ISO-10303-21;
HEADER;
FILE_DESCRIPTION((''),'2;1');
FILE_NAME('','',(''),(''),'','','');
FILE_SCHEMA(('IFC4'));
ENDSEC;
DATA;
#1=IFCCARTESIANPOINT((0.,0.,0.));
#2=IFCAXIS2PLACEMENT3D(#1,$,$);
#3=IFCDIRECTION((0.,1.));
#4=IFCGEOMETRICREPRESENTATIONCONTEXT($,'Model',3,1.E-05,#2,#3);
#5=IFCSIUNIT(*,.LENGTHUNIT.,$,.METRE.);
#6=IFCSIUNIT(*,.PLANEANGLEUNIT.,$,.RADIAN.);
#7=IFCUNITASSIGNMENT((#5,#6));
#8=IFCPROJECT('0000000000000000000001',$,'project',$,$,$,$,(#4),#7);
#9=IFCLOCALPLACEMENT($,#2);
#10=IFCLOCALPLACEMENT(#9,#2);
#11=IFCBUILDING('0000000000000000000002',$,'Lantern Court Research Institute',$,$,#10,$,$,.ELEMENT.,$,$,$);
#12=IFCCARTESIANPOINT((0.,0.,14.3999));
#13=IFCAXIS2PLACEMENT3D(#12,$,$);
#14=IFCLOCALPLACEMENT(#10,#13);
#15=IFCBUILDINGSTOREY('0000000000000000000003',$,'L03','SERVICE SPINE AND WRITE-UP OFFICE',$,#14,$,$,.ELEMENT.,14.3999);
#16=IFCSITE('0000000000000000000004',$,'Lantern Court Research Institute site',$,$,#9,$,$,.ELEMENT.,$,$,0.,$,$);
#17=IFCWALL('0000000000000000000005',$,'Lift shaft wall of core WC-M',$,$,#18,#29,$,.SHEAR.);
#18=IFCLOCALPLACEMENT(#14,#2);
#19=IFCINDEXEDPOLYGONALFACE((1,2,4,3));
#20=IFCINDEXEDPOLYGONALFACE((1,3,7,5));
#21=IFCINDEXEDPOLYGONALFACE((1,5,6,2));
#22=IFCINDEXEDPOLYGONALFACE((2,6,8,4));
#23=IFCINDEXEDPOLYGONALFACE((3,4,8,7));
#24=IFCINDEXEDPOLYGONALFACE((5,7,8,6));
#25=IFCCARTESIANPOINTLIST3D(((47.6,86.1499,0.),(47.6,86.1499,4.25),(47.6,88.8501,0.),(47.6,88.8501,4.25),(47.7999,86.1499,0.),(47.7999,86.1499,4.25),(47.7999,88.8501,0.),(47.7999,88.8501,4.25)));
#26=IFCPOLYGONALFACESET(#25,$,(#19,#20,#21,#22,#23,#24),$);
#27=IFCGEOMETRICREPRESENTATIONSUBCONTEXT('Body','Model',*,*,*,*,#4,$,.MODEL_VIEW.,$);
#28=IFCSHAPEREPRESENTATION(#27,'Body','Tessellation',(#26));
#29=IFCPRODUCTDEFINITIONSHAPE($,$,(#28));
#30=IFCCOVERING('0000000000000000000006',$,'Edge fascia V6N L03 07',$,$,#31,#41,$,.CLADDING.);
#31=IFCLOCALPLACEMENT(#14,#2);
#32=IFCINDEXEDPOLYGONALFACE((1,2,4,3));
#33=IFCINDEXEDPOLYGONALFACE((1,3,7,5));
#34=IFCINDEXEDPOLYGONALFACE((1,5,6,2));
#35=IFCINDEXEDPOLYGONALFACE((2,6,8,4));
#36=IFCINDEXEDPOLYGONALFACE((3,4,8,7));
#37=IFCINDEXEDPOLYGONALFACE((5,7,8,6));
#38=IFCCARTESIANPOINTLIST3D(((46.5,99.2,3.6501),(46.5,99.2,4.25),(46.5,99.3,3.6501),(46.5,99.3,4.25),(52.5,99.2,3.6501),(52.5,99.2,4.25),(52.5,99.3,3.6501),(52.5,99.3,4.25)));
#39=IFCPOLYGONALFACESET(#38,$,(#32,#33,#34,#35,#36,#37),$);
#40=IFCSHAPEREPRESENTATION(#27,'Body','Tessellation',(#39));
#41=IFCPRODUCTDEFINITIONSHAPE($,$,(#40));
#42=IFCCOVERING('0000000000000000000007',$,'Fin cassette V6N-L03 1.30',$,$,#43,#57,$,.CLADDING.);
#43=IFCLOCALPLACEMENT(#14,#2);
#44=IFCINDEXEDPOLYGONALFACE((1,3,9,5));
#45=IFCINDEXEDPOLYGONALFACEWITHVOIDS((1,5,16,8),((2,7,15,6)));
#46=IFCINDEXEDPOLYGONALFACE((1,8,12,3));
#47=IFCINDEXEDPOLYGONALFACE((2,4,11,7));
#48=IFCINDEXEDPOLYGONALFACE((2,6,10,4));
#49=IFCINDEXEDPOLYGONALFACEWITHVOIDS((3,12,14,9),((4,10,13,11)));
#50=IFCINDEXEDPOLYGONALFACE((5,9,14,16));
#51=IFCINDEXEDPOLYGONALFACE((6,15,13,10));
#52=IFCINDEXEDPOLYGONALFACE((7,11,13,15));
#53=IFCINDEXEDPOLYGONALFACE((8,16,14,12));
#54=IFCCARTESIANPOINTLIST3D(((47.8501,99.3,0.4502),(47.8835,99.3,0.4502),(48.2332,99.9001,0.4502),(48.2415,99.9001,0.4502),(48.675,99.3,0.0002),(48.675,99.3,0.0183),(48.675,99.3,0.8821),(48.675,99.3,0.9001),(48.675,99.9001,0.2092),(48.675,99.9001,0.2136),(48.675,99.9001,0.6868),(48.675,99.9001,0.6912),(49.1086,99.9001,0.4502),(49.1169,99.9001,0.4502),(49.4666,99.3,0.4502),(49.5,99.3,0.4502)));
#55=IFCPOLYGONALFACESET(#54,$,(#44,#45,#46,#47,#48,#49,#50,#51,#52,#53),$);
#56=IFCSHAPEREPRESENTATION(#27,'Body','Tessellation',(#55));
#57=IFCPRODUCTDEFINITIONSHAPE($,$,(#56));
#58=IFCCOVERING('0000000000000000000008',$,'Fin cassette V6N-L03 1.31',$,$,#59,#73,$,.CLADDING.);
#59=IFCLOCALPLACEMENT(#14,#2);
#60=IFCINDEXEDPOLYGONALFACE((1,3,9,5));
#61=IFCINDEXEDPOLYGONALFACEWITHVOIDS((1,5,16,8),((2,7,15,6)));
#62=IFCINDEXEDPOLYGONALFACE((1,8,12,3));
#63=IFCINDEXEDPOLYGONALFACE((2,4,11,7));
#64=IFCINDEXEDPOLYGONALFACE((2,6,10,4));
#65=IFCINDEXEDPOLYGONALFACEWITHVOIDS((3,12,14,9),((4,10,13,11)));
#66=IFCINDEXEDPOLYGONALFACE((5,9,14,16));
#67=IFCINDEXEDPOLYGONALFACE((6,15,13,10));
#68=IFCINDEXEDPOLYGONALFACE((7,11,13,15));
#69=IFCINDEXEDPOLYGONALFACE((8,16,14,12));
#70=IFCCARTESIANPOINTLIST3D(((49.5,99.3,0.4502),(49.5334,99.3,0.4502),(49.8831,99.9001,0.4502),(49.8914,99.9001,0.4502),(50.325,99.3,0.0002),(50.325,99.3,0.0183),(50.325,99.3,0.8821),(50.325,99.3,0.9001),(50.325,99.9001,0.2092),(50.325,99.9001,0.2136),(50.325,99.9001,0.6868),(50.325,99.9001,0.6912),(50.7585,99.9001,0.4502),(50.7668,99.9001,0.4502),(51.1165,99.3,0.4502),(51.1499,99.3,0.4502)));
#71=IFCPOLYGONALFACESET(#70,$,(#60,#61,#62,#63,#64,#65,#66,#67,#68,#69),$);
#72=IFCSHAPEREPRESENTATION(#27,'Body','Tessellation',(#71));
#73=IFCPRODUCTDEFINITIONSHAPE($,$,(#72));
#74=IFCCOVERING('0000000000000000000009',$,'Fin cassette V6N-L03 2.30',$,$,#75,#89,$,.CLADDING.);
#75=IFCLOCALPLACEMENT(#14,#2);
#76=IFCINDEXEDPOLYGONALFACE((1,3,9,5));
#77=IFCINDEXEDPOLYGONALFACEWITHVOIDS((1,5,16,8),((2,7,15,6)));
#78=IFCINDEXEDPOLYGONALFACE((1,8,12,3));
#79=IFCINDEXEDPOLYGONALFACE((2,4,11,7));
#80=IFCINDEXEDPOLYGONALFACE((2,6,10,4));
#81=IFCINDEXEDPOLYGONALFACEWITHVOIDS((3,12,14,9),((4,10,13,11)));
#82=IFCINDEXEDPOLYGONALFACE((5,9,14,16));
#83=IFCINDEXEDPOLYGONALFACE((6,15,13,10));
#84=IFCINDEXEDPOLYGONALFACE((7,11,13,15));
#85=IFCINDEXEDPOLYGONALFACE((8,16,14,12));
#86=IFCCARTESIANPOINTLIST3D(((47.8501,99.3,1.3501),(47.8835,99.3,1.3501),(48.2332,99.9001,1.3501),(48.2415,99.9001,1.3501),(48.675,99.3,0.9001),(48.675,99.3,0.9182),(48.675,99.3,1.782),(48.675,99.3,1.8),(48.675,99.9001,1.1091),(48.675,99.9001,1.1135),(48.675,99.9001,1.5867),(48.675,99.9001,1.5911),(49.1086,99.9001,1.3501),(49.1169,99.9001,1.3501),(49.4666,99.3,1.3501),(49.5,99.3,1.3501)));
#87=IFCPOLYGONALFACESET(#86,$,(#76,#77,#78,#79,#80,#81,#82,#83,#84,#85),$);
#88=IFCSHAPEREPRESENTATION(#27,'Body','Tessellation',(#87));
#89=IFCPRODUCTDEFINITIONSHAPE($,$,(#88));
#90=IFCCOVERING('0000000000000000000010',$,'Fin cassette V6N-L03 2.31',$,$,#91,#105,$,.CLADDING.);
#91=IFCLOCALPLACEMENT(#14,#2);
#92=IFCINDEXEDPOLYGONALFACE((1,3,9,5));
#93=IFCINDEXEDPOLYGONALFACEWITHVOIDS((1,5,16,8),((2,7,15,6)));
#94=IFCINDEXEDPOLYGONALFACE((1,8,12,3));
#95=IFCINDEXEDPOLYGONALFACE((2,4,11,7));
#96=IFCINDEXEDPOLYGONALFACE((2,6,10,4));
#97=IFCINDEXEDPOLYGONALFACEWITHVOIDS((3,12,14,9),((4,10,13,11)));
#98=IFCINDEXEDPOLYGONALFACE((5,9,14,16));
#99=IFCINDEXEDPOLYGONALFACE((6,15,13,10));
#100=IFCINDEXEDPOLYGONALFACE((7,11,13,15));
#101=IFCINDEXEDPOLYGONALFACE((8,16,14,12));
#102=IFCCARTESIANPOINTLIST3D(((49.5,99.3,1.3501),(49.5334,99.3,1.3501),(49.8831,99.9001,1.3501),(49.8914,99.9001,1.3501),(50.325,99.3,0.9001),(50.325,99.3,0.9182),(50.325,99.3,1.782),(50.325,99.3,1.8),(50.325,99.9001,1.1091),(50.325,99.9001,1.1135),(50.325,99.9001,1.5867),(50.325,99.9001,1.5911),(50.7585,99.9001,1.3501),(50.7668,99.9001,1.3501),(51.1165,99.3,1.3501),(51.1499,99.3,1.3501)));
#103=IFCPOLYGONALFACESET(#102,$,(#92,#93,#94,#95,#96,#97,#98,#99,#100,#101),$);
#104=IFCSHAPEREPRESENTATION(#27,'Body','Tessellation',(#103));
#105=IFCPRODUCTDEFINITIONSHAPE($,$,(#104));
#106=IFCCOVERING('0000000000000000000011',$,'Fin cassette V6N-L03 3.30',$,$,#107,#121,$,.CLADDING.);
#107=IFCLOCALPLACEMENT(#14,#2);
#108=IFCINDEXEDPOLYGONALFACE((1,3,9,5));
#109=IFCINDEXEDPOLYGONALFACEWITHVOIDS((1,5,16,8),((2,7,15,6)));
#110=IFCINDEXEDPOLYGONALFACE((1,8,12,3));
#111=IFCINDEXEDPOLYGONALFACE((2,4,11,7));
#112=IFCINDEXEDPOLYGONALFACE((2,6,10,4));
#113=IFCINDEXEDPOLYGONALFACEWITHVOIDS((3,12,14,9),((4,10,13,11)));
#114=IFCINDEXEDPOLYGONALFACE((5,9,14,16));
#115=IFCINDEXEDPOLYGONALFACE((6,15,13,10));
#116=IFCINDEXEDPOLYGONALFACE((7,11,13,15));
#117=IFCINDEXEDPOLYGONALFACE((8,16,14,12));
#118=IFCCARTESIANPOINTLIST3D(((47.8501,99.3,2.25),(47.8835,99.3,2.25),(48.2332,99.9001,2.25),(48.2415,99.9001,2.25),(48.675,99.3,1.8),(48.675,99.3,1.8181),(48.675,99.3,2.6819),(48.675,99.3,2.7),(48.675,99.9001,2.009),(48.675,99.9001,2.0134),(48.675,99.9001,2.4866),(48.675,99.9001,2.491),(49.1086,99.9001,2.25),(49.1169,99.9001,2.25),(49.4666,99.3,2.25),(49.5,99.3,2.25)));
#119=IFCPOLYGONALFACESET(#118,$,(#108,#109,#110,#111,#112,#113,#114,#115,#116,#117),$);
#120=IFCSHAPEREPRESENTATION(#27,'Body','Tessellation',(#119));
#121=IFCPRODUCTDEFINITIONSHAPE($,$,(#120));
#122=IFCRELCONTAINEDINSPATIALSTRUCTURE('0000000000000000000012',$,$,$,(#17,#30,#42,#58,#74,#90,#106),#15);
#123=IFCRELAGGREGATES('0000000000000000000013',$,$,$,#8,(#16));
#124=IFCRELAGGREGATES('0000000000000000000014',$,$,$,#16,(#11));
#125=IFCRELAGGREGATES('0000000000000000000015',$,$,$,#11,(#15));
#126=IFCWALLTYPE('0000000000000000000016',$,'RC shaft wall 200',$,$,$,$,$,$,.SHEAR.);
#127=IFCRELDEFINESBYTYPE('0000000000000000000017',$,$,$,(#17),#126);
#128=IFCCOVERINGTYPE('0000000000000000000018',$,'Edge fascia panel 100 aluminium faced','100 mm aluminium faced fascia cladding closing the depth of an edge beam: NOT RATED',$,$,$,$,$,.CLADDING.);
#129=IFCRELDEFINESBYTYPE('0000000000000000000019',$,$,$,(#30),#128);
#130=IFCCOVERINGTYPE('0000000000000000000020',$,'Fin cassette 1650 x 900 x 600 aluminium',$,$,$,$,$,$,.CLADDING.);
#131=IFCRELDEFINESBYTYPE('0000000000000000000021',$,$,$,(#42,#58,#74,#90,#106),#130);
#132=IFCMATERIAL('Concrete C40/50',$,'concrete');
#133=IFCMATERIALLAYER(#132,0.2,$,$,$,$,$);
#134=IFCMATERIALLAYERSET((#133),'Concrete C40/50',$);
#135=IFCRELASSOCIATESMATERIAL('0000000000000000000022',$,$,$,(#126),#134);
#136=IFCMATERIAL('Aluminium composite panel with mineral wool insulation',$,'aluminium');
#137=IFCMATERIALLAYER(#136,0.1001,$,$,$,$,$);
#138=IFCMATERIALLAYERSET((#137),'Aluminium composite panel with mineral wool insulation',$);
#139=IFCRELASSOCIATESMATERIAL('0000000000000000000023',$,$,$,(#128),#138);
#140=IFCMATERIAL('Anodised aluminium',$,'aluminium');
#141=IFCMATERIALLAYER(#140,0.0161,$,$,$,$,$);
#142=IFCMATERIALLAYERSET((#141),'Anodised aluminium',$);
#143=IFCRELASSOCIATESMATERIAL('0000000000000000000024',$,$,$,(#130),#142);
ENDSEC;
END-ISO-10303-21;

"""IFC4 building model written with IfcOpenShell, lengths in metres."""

from ifc_helpers import new_model, entity, si_unit, direction, frame, frame_2d, origin, place, context, subcontext, project, spatial, rectangle, extrude, material, layer, layer_set, type_object, element, save


model = new_model("IFC4")

# Units and contexts
model_context = context("Model", 3, precision=1e-05, world=origin(), true_north=direction((0.0, 1.0)))
body_context = subcontext(model_context, "Body", "Model", "MODEL_VIEW")
ifc_project = project(units=[si_unit("LENGTHUNIT", "METRE"), si_unit("PLANEANGLEUNIT", "RADIAN")], contexts=[model_context])

# Site, building, storey
site_placement = place(None, origin())
site = spatial("IfcSite", under=ifc_project, at=site_placement, Name="Lantern Court Research Institute site", CompositionType="ELEMENT", RefElevation=0.0)
building_placement = place(site_placement, origin())
building = spatial("IfcBuilding", under=site, at=building_placement, Name="Lantern Court Research Institute", CompositionType="ELEMENT")
storey_placement = place(building_placement, frame((0.0, 0.0, 14.3999)))
storey = spatial("IfcBuildingStorey", under=building, at=storey_placement, Name="L03", Description="SERVICE SPINE AND WRITE-UP OFFICE", CompositionType="ELEMENT", Elevation=14.3999)

# Shared definitions
ifc_material_1 = material(Name="Concrete C40/50", Category="concrete")
ifc_layer_1 = layer(ifc_material_1, 0.2)
ifc_layer_set_1 = layer_set([ifc_layer_1], Name="Concrete C40/50")
wall_type_1 = type_object("IfcWallType", Name="RC shaft wall 200", PredefinedType="SHEAR", material=ifc_layer_set_1)

# Wall
wall_1_placement = place(storey_placement, frame((47.7, 88.8501, 0.0), z_axis=(0.0, 0.0, 1.0), x_axis=(0.0, -1.0, 0.0)))
element("IfcWall", 1, at=wall_1_placement, inside=storey, type_object=wall_type_1, Name="Lift shaft wall of core WC-M", PredefinedType="SHEAR", context=body_context, shape_type="SweptSolid", body=[
    extrude(rectangle(XDim=2.7002, YDim=0.2, at=frame_2d((1.3501, 0.0))), origin(), (0.0, 0.0, 1.0), 4.25),
])

# Coverings
ifc_material_2 = material(Name="Aluminium composite panel with mineral wool insulation", Category="aluminium")
ifc_layer_2 = layer(ifc_material_2, 0.1001)
ifc_layer_set_2 = layer_set([ifc_layer_2], Name="Aluminium composite panel with mineral wool insulation")
covering_type_1 = type_object("IfcCoveringType", Name="Edge fascia panel 100 aluminium faced", Description="100 mm aluminium faced fascia cladding closing the depth of an edge beam: NOT RATED", PredefinedType="CLADDING", material=ifc_layer_set_2)
covering_1_placement = place(storey_placement, frame((46.5, 99.25, 3.6501), z_axis=(0.0, 0.0, 1.0), x_axis=(1.0, 0.0, 0.0)))
element("IfcCovering", 2, at=covering_1_placement, inside=storey, type_object=covering_type_1, Name="Edge fascia V6N L03 07", PredefinedType="CLADDING", context=body_context, shape_type="SweptSolid", body=[
    extrude(rectangle(XDim=6.0, YDim=0.1001, at=frame_2d((3.0, 0.0))), origin(), (0.0, 0.0, 1.0), 0.5999),
])
ifc_material_3 = material(Name="Anodised aluminium", Category="aluminium")
ifc_layer_3 = layer(ifc_material_3, 0.0161)
ifc_layer_set_3 = layer_set([ifc_layer_3], Name="Anodised aluminium")
covering_type_2 = type_object("IfcCoveringType", Name="Fin cassette 1650 x 900 x 600 aluminium", PredefinedType="CLADDING", material=ifc_layer_set_3)
covering_2_placement = place(storey_placement, frame((48.675, 99.3, 0.4502), z_axis=(0.0, 1.0, 0.0), x_axis=(-1.0, 0.0, 0.0)))
cartesian_point_1 = entity("IfcCartesianPoint", [0.825, 0.0])
cartesian_point_2 = entity("IfcCartesianPoint", [0.7915, 0.0])
cartesian_point_3 = entity("IfcCartesianPoint", [0.4419, 0.0])
cartesian_point_4 = entity("IfcCartesianPoint", [0.4336, 0.0])
element("IfcCovering", 3, at=covering_2_placement, inside=storey, type_object=covering_type_2, Name="Fin cassette V6N-L03 1.30", PredefinedType="CLADDING", context=body_context, shape_type="SweptSolid", body=[
    entity("IfcExtrudedAreaSolidTapered", entity("IfcArbitraryProfileDefWithVoids", "AREA", None, entity("IfcPolyline", [cartesian_point_1, entity("IfcCartesianPoint", [0.0, 0.45]), entity("IfcCartesianPoint", [-0.825, 0.0]), entity("IfcCartesianPoint", [0.0, -0.45]), cartesian_point_1]), [entity("IfcPolyline", [cartesian_point_2, entity("IfcCartesianPoint", [0.0, 0.4319]), entity("IfcCartesianPoint", [-0.7915, 0.0]), entity("IfcCartesianPoint", [0.0, -0.4319]), cartesian_point_2])]), entity("IfcAxis2Placement3D", entity("IfcCartesianPoint", [0.0, 0.0, 0.0])), entity("IfcDirection", [0.0, 0.0, 1.0]), 0.6001, entity("IfcArbitraryProfileDefWithVoids", "AREA", None, entity("IfcPolyline", [cartesian_point_3, entity("IfcCartesianPoint", [0.0, 0.241]), entity("IfcCartesianPoint", [-0.4419, 0.0]), entity("IfcCartesianPoint", [0.0, -0.241]), cartesian_point_3]), [entity("IfcPolyline", [cartesian_point_4, entity("IfcCartesianPoint", [0.0, 0.2366]), entity("IfcCartesianPoint", [-0.4336, 0.0]), entity("IfcCartesianPoint", [0.0, -0.2366]), cartesian_point_4])])),
])
covering_3_placement = place(storey_placement, frame((50.325, 99.3, 0.4502), z_axis=(0.0, 1.0, 0.0), x_axis=(-1.0, 0.0, 0.0)))
cartesian_point_5 = entity("IfcCartesianPoint", [0.825, 0.0])
cartesian_point_6 = entity("IfcCartesianPoint", [0.7915, 0.0])
cartesian_point_7 = entity("IfcCartesianPoint", [0.4419, 0.0])
cartesian_point_8 = entity("IfcCartesianPoint", [0.4336, 0.0])
element("IfcCovering", 4, at=covering_3_placement, inside=storey, type_object=covering_type_2, Name="Fin cassette V6N-L03 1.31", PredefinedType="CLADDING", context=body_context, shape_type="SweptSolid", body=[
    entity("IfcExtrudedAreaSolidTapered", entity("IfcArbitraryProfileDefWithVoids", "AREA", None, entity("IfcPolyline", [cartesian_point_5, entity("IfcCartesianPoint", [0.0, 0.45]), entity("IfcCartesianPoint", [-0.825, 0.0]), entity("IfcCartesianPoint", [0.0, -0.45]), cartesian_point_5]), [entity("IfcPolyline", [cartesian_point_6, entity("IfcCartesianPoint", [0.0, 0.4319]), entity("IfcCartesianPoint", [-0.7915, 0.0]), entity("IfcCartesianPoint", [0.0, -0.4319]), cartesian_point_6])]), entity("IfcAxis2Placement3D", entity("IfcCartesianPoint", [0.0, 0.0, 0.0])), entity("IfcDirection", [0.0, 0.0, 1.0]), 0.6001, entity("IfcArbitraryProfileDefWithVoids", "AREA", None, entity("IfcPolyline", [cartesian_point_7, entity("IfcCartesianPoint", [0.0, 0.241]), entity("IfcCartesianPoint", [-0.4419, 0.0]), entity("IfcCartesianPoint", [0.0, -0.241]), cartesian_point_7]), [entity("IfcPolyline", [cartesian_point_8, entity("IfcCartesianPoint", [0.0, 0.2366]), entity("IfcCartesianPoint", [-0.4336, 0.0]), entity("IfcCartesianPoint", [0.0, -0.2366]), cartesian_point_8])])),
])
covering_4_placement = place(storey_placement, frame((48.675, 99.3, 1.3501), z_axis=(0.0, 1.0, 0.0), x_axis=(-1.0, 0.0, 0.0)))
cartesian_point_9 = entity("IfcCartesianPoint", [0.825, 0.0])
cartesian_point_10 = entity("IfcCartesianPoint", [0.7915, 0.0])
cartesian_point_11 = entity("IfcCartesianPoint", [0.4419, 0.0])
cartesian_point_12 = entity("IfcCartesianPoint", [0.4336, 0.0])
element("IfcCovering", 5, at=covering_4_placement, inside=storey, type_object=covering_type_2, Name="Fin cassette V6N-L03 2.30", PredefinedType="CLADDING", context=body_context, shape_type="SweptSolid", body=[
    entity("IfcExtrudedAreaSolidTapered", entity("IfcArbitraryProfileDefWithVoids", "AREA", None, entity("IfcPolyline", [cartesian_point_9, entity("IfcCartesianPoint", [0.0, 0.45]), entity("IfcCartesianPoint", [-0.825, 0.0]), entity("IfcCartesianPoint", [0.0, -0.45]), cartesian_point_9]), [entity("IfcPolyline", [cartesian_point_10, entity("IfcCartesianPoint", [0.0, 0.4319]), entity("IfcCartesianPoint", [-0.7915, 0.0]), entity("IfcCartesianPoint", [0.0, -0.4319]), cartesian_point_10])]), entity("IfcAxis2Placement3D", entity("IfcCartesianPoint", [0.0, 0.0, 0.0])), entity("IfcDirection", [0.0, 0.0, 1.0]), 0.6001, entity("IfcArbitraryProfileDefWithVoids", "AREA", None, entity("IfcPolyline", [cartesian_point_11, entity("IfcCartesianPoint", [0.0, 0.241]), entity("IfcCartesianPoint", [-0.4419, 0.0]), entity("IfcCartesianPoint", [0.0, -0.241]), cartesian_point_11]), [entity("IfcPolyline", [cartesian_point_12, entity("IfcCartesianPoint", [0.0, 0.2366]), entity("IfcCartesianPoint", [-0.4336, 0.0]), entity("IfcCartesianPoint", [0.0, -0.2366]), cartesian_point_12])])),
])
covering_5_placement = place(storey_placement, frame((50.325, 99.3, 1.3501), z_axis=(0.0, 1.0, 0.0), x_axis=(-1.0, 0.0, 0.0)))
cartesian_point_13 = entity("IfcCartesianPoint", [0.825, 0.0])
cartesian_point_14 = entity("IfcCartesianPoint", [0.7915, 0.0])
cartesian_point_15 = entity("IfcCartesianPoint", [0.4419, 0.0])
cartesian_point_16 = entity("IfcCartesianPoint", [0.4336, 0.0])
element("IfcCovering", 6, at=covering_5_placement, inside=storey, type_object=covering_type_2, Name="Fin cassette V6N-L03 2.31", PredefinedType="CLADDING", context=body_context, shape_type="SweptSolid", body=[
    entity("IfcExtrudedAreaSolidTapered", entity("IfcArbitraryProfileDefWithVoids", "AREA", None, entity("IfcPolyline", [cartesian_point_13, entity("IfcCartesianPoint", [0.0, 0.45]), entity("IfcCartesianPoint", [-0.825, 0.0]), entity("IfcCartesianPoint", [0.0, -0.45]), cartesian_point_13]), [entity("IfcPolyline", [cartesian_point_14, entity("IfcCartesianPoint", [0.0, 0.4319]), entity("IfcCartesianPoint", [-0.7915, 0.0]), entity("IfcCartesianPoint", [0.0, -0.4319]), cartesian_point_14])]), entity("IfcAxis2Placement3D", entity("IfcCartesianPoint", [0.0, 0.0, 0.0])), entity("IfcDirection", [0.0, 0.0, 1.0]), 0.6001, entity("IfcArbitraryProfileDefWithVoids", "AREA", None, entity("IfcPolyline", [cartesian_point_15, entity("IfcCartesianPoint", [0.0, 0.241]), entity("IfcCartesianPoint", [-0.4419, 0.0]), entity("IfcCartesianPoint", [0.0, -0.241]), cartesian_point_15]), [entity("IfcPolyline", [cartesian_point_16, entity("IfcCartesianPoint", [0.0, 0.2366]), entity("IfcCartesianPoint", [-0.4336, 0.0]), entity("IfcCartesianPoint", [0.0, -0.2366]), cartesian_point_16])])),
])
covering_6_placement = place(storey_placement, frame((48.675, 99.3, 2.25), z_axis=(0.0, 1.0, 0.0), x_axis=(-1.0, 0.0, 0.0)))
cartesian_point_17 = entity("IfcCartesianPoint", [0.825, 0.0])
cartesian_point_18 = entity("IfcCartesianPoint", [0.7915, 0.0])
cartesian_point_19 = entity("IfcCartesianPoint", [0.4419, 0.0])
cartesian_point_20 = entity("IfcCartesianPoint", [0.4336, 0.0])
element("IfcCovering", 7, at=covering_6_placement, inside=storey, type_object=covering_type_2, Name="Fin cassette V6N-L03 3.30", PredefinedType="CLADDING", context=body_context, shape_type="SweptSolid", body=[
    entity("IfcExtrudedAreaSolidTapered", entity("IfcArbitraryProfileDefWithVoids", "AREA", None, entity("IfcPolyline", [cartesian_point_17, entity("IfcCartesianPoint", [0.0, 0.45]), entity("IfcCartesianPoint", [-0.825, 0.0]), entity("IfcCartesianPoint", [0.0, -0.45]), cartesian_point_17]), [entity("IfcPolyline", [cartesian_point_18, entity("IfcCartesianPoint", [0.0, 0.4319]), entity("IfcCartesianPoint", [-0.7915, 0.0]), entity("IfcCartesianPoint", [0.0, -0.4319]), cartesian_point_18])]), entity("IfcAxis2Placement3D", entity("IfcCartesianPoint", [0.0, 0.0, 0.0])), entity("IfcDirection", [0.0, 0.0, 1.0]), 0.6001, entity("IfcArbitraryProfileDefWithVoids", "AREA", None, entity("IfcPolyline", [cartesian_point_19, entity("IfcCartesianPoint", [0.0, 0.241]), entity("IfcCartesianPoint", [-0.4419, 0.0]), entity("IfcCartesianPoint", [0.0, -0.241]), cartesian_point_19]), [entity("IfcPolyline", [cartesian_point_20, entity("IfcCartesianPoint", [0.0, 0.2366]), entity("IfcCartesianPoint", [-0.4336, 0.0]), entity("IfcCartesianPoint", [0.0, -0.2366]), cartesian_point_20])])),
])

save(model, "model.ifc")
